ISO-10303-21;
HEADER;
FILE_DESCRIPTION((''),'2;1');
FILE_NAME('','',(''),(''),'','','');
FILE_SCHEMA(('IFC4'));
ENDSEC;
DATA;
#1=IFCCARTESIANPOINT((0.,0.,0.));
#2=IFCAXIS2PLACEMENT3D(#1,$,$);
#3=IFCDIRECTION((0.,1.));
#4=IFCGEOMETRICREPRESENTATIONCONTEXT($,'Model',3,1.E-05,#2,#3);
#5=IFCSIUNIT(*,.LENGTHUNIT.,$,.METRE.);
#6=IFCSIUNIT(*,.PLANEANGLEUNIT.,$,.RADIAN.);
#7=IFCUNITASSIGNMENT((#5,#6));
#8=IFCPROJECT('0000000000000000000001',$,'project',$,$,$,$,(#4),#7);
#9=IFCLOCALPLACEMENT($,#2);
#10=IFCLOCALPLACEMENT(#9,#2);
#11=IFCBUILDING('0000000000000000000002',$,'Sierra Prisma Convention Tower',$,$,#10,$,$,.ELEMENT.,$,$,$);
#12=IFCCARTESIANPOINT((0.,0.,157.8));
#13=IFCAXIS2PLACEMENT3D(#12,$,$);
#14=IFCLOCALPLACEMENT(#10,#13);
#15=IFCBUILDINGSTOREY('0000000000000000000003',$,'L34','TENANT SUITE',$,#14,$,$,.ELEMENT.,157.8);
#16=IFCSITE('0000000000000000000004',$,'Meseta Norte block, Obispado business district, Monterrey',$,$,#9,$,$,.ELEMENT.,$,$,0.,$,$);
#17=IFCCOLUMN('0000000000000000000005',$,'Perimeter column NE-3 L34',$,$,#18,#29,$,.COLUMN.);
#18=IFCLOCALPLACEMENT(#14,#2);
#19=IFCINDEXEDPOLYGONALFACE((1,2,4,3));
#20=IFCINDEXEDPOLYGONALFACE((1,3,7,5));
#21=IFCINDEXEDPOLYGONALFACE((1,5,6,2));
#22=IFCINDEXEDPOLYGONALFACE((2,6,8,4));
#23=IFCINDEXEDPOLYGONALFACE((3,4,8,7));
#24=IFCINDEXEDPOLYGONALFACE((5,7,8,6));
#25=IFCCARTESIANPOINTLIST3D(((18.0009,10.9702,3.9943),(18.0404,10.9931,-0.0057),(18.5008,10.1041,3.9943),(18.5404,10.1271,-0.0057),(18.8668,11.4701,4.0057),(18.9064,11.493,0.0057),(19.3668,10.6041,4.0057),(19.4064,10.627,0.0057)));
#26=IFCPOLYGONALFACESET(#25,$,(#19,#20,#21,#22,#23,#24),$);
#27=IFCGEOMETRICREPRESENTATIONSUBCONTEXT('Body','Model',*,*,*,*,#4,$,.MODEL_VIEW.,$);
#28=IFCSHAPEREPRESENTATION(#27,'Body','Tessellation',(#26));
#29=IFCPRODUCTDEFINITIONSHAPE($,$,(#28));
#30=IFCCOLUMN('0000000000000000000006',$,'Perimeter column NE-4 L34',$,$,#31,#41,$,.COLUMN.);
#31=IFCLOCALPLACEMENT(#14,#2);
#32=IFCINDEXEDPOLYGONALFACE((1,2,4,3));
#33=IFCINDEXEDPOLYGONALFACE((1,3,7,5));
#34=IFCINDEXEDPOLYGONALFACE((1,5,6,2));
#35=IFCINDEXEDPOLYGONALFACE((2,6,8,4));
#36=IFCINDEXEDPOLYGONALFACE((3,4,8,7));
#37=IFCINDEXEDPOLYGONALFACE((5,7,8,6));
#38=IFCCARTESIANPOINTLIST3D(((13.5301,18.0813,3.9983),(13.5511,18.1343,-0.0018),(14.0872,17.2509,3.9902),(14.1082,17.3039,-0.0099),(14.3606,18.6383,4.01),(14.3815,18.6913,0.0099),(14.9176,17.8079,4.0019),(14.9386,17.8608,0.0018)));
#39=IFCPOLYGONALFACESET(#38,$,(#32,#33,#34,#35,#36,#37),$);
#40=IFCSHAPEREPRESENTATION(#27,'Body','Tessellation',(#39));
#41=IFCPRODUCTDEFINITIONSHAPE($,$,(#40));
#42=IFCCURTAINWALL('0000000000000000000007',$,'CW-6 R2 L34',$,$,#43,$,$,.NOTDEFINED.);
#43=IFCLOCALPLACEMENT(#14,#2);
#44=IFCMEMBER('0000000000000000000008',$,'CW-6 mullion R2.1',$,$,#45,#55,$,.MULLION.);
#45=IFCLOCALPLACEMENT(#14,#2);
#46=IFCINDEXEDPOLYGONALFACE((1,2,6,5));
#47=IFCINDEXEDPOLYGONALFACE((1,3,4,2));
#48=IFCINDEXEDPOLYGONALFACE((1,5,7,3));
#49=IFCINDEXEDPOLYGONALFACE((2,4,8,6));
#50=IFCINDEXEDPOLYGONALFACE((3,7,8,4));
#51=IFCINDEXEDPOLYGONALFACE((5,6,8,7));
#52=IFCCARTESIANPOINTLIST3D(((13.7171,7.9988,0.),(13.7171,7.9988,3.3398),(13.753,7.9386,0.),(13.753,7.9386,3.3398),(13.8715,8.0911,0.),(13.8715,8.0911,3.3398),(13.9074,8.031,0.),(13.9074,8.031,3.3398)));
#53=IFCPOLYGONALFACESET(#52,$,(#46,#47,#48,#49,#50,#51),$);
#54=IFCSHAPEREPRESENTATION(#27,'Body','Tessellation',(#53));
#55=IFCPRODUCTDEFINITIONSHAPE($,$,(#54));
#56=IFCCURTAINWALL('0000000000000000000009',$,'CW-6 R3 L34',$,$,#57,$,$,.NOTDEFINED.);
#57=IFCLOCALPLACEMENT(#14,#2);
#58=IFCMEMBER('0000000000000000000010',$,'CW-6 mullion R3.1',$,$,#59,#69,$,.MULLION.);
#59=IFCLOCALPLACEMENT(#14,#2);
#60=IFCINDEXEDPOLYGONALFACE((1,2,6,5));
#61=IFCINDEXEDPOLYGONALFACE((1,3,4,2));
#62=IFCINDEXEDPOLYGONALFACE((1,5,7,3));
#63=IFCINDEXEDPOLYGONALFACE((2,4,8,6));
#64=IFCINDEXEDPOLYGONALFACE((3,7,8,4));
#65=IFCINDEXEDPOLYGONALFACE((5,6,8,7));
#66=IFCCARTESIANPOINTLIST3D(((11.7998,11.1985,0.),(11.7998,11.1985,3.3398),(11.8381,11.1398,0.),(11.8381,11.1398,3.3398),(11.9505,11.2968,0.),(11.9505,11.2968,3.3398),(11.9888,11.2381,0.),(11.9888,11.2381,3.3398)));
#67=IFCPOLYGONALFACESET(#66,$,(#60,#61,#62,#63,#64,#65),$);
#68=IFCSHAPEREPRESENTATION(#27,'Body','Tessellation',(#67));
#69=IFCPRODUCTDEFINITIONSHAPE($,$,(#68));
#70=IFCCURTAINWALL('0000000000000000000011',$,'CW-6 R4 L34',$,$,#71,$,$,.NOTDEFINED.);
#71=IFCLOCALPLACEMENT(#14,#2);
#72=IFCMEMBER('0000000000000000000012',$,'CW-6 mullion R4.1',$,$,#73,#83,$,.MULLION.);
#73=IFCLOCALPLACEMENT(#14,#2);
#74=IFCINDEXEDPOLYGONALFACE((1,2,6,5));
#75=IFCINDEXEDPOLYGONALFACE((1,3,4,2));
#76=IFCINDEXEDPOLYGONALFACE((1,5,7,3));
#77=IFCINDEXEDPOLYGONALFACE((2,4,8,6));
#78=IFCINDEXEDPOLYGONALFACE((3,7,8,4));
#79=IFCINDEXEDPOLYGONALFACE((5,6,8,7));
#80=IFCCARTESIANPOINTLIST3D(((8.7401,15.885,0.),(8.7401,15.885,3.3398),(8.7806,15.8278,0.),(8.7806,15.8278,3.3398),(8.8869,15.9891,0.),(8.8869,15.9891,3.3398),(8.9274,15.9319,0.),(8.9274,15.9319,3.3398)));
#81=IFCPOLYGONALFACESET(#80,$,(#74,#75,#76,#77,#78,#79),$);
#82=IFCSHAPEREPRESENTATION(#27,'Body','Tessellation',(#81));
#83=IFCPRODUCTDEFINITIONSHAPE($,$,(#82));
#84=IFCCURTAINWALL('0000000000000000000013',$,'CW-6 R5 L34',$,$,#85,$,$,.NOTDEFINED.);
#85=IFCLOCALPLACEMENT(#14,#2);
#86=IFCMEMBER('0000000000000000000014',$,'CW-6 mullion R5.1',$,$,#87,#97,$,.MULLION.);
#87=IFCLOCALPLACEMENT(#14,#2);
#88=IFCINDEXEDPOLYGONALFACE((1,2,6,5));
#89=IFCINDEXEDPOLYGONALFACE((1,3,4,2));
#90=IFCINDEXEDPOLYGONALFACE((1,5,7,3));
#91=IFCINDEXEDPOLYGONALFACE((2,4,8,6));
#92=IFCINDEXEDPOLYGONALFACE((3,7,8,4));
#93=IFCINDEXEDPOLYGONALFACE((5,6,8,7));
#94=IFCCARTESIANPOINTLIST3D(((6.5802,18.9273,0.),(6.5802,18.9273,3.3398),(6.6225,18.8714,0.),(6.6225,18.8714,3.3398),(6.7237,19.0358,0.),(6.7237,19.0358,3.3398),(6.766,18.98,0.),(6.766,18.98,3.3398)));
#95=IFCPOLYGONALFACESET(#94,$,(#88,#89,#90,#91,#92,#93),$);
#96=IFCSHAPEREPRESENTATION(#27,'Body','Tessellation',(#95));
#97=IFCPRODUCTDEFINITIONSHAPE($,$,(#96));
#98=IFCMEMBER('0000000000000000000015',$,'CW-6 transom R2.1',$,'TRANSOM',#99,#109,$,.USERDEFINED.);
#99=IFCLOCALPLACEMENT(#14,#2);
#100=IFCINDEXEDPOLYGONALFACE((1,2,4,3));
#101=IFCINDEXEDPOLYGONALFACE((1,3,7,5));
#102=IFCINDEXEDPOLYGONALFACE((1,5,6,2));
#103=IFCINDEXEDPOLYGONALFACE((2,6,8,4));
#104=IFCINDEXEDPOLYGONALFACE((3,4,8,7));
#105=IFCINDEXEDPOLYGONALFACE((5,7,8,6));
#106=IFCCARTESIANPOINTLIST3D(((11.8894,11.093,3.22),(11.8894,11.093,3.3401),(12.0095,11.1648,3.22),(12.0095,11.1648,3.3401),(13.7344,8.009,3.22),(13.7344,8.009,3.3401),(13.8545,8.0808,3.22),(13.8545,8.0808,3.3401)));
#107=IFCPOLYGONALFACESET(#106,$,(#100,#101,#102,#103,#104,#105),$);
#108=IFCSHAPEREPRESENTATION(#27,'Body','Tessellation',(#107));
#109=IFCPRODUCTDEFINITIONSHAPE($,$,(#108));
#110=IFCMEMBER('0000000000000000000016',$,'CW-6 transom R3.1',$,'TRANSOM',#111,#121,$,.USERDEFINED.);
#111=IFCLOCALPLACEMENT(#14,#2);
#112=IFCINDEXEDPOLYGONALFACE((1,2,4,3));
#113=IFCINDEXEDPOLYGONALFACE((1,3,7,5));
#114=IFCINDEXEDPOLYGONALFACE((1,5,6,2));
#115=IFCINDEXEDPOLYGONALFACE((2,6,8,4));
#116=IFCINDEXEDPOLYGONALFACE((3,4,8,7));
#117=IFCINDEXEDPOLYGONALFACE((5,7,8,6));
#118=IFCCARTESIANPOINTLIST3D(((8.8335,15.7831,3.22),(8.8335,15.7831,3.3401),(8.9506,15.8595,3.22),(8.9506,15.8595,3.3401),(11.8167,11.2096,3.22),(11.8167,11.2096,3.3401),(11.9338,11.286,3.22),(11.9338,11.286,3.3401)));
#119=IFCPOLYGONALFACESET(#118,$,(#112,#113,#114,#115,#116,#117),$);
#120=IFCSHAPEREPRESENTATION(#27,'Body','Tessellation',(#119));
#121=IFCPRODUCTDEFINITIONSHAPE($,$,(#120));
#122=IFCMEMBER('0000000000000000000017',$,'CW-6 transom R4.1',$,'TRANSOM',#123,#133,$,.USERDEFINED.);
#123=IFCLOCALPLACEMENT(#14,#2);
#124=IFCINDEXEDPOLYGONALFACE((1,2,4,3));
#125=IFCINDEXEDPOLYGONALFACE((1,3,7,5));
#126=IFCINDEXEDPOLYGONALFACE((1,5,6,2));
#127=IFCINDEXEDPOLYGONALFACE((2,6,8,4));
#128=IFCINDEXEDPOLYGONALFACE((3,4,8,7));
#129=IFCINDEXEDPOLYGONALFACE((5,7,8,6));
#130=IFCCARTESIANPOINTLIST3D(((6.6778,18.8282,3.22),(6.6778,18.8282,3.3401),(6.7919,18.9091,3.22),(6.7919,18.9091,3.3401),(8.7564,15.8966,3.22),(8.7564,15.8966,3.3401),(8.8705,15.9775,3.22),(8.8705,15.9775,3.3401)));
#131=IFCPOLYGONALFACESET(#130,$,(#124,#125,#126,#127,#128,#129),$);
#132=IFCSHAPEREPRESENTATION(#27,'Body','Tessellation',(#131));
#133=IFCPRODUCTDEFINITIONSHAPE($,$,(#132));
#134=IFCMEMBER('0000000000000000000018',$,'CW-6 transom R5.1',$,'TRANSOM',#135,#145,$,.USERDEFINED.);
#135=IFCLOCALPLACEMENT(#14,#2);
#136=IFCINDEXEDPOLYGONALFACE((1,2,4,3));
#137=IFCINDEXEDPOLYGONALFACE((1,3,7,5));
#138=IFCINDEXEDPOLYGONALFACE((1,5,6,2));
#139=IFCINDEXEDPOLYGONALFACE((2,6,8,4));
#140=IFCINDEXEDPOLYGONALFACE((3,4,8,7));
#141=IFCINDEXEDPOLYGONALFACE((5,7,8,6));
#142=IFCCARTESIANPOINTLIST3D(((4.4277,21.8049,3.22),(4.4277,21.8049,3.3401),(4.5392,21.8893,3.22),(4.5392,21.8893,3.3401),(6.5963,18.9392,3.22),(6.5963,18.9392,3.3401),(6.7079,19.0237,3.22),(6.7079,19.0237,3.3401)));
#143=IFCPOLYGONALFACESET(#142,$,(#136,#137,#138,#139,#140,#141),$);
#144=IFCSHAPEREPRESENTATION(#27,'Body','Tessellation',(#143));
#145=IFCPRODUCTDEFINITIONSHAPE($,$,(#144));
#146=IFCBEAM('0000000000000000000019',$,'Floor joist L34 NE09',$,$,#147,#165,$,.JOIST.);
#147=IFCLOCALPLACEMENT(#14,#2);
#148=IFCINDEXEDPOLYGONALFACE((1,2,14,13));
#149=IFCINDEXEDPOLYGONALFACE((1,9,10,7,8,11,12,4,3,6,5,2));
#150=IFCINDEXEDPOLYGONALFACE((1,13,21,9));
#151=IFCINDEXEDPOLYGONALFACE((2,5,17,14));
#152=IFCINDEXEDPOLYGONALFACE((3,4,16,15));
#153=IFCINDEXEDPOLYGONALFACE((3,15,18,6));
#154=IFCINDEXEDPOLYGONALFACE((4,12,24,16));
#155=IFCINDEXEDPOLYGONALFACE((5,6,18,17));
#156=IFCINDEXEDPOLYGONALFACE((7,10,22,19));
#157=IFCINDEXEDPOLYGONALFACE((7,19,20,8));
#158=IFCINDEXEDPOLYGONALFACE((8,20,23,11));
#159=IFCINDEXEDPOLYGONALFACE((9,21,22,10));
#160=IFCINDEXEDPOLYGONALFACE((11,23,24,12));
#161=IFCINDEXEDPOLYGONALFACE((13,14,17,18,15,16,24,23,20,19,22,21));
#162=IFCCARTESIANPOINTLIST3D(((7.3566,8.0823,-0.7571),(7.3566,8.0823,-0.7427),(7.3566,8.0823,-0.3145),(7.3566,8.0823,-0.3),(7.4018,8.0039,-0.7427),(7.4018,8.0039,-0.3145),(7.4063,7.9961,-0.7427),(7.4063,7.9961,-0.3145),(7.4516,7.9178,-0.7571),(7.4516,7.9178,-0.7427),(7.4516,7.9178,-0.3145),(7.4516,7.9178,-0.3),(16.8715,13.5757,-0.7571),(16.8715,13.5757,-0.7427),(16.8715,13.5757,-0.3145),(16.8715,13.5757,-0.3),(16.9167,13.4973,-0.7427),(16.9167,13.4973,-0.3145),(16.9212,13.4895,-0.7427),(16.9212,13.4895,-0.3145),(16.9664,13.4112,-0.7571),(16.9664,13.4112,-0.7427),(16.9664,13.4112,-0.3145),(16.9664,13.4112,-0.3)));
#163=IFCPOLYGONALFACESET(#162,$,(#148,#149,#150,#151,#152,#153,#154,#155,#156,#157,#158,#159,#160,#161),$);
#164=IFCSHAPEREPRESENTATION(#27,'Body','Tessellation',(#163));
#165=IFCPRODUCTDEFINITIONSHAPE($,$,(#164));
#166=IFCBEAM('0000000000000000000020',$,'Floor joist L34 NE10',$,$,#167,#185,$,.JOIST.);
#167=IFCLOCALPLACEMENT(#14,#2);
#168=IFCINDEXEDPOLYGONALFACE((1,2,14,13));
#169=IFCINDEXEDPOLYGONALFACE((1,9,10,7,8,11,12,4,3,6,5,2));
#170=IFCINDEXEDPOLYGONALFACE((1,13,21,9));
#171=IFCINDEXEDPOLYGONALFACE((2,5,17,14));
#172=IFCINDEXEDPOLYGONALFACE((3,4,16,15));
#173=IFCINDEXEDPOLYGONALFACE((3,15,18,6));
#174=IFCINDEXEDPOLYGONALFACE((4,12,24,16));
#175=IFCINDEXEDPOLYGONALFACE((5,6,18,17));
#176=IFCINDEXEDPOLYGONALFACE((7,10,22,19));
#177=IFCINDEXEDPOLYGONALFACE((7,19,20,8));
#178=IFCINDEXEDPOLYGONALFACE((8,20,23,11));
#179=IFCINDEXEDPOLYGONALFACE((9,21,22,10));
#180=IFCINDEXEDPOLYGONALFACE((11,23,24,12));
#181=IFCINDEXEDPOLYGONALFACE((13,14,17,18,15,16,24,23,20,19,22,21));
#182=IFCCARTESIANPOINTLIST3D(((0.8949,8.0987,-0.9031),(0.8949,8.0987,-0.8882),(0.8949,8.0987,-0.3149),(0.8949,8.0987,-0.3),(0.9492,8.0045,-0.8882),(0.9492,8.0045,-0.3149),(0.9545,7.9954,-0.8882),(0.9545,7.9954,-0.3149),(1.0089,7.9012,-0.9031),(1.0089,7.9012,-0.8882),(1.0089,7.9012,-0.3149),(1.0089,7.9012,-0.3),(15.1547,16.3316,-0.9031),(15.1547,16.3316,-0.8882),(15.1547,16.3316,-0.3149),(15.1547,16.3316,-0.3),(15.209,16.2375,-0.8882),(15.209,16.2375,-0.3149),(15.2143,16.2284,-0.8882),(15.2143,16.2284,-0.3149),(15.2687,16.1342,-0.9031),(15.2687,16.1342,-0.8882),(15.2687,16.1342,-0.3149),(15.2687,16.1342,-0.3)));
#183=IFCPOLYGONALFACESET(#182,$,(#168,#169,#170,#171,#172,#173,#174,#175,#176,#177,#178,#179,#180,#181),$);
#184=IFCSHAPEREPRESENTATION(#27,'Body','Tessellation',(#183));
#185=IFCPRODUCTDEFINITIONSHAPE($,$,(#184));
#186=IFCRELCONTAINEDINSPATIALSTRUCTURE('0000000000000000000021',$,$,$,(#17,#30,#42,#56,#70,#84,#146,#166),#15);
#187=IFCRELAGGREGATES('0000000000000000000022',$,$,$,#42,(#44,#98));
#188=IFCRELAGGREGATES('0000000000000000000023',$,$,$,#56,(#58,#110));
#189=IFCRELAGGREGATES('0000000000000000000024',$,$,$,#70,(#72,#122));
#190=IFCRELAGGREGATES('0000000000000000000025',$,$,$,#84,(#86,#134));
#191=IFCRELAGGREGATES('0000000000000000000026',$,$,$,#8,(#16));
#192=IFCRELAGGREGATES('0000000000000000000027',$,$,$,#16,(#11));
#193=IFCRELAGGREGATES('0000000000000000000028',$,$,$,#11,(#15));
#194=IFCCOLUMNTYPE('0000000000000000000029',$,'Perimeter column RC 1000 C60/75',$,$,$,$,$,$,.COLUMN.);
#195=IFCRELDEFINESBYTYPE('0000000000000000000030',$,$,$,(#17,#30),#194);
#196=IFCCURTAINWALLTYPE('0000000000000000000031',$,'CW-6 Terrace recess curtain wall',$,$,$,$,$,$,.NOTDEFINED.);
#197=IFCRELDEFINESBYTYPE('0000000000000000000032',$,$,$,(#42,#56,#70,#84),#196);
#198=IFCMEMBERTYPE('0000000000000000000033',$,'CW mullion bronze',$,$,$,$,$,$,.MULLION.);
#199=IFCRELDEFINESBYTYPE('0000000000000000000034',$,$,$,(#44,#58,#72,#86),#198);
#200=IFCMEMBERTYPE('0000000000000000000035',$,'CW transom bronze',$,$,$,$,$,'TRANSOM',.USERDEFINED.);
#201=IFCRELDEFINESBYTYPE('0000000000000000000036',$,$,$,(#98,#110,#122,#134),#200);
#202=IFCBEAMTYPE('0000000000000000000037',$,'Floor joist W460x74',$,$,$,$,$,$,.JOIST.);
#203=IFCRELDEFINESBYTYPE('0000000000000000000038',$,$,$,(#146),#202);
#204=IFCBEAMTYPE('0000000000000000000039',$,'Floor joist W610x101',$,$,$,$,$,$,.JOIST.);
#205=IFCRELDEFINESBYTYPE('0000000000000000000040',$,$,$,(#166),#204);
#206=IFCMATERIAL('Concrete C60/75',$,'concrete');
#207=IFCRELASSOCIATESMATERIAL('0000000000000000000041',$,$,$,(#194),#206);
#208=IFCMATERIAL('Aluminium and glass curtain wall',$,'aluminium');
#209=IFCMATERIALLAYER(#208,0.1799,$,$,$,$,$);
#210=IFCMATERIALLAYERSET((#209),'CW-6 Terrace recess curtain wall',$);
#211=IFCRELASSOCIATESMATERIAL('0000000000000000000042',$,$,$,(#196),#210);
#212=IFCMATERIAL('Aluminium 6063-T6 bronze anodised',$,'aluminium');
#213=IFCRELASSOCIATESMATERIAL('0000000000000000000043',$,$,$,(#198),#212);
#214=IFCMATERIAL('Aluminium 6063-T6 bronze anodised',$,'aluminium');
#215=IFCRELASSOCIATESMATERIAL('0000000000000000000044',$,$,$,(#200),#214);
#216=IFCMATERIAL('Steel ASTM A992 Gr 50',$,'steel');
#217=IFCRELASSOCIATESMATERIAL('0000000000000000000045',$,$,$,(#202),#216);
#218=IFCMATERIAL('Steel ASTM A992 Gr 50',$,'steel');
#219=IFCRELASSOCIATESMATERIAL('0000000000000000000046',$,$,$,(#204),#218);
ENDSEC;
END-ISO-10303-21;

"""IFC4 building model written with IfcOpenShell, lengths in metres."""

from ifc_helpers import new_model, si_unit, direction, frame, origin, origin_2d, place, context, subcontext, project, spatial, rectangle, i_section, extrude, material, layer, layer_set, material_profile, profile_set, type_object, element, aggregate, save


model = new_model("IFC4")

# Units and contexts
model_context = context("Model", 3, precision=1e-05, world=origin(), true_north=direction((0.0, 1.0)))
body_context = subcontext(model_context, "Body", "Model", "MODEL_VIEW")
ifc_project = project(units=[si_unit("LENGTHUNIT", "METRE"), si_unit("PLANEANGLEUNIT", "RADIAN")], contexts=[model_context])

# Site, building, storey
site_placement = place(None, origin())
site = spatial("IfcSite", under=ifc_project, at=site_placement, Name="Meseta Norte block, Obispado business district, Monterrey", CompositionType="ELEMENT", RefElevation=0.0)
building_placement = place(site_placement, origin())
building = spatial("IfcBuilding", under=site, at=building_placement, Name="Sierra Prisma Convention Tower", CompositionType="ELEMENT")
storey_placement = place(building_placement, frame((0.0, 0.0, 157.8)))
storey = spatial("IfcBuildingStorey", under=building, at=storey_placement, Name="L34", Description="TENANT SUITE", CompositionType="ELEMENT", Elevation=157.8)

# Columns
ifc_material_1 = material(Name="Concrete C60/75", Category="concrete")
ifc_material_profile_1 = material_profile(ifc_material_1, rectangle(XDim=1.0, YDim=1.0, at=origin_2d()), Name="Perimeter column RC 1000 C60/75")
ifc_profile_set_1 = profile_set([ifc_material_profile_1], Name="Concrete C60/75")
column_type = type_object("IfcColumnType", Name="Perimeter column RC 1000 C60/75", PredefinedType="COLUMN", material=ifc_profile_set_1)
column_1_placement = place(storey_placement, frame((18.7234, 10.8101, 0.0), z_axis=(-0.009887, -0.005737, 0.999935), x_axis=(-0.499976, 0.86604, 0.000025)))
element("IfcColumn", 1, at=column_1_placement, inside=storey, type_object=column_type, Name="Perimeter column NE-3 L34", PredefinedType="COLUMN", context=body_context, shape_type="SweptSolid", body=[
    extrude(rectangle(XDim=1.0, YDim=1.0, at=origin_2d()), origin(), (0.0, 0.0, 1.0), 4.0002),
])
column_2_placement = place(storey_placement, frame((14.2449, 17.9976, 0.0), z_axis=(-0.005248, -0.013243, 0.999899), x_axis=(-0.557087, 0.830415, 0.008074)))
element("IfcColumn", 2, at=column_2_placement, inside=storey, type_object=column_type, Name="Perimeter column NE-4 L34", PredefinedType="COLUMN", context=body_context, shape_type="SweptSolid", body=[
    extrude(rectangle(XDim=1.0, YDim=1.0, at=origin_2d()), origin(), (0.0, 0.0, 1.0), 4.0005),
])

# Curtain walls, members
ifc_material_2 = material(Name="Aluminium and glass curtain wall", Category="aluminium")
ifc_layer_1 = layer(ifc_material_2, 0.1799)
ifc_layer_set_1 = layer_set([ifc_layer_1], Name="CW-6 Terrace recess curtain wall")
curtain_wall_type = type_object("IfcCurtainWallType", Name="CW-6 Terrace recess curtain wall", PredefinedType="NOTDEFINED", material=ifc_layer_set_1)
curtain_wall_1_placement = place(storey_placement, origin())
curtain_wall_1 = element("IfcCurtainWall", 3, at=curtain_wall_1_placement, inside=storey, type_object=curtain_wall_type, Name="CW-6 R2 L34", PredefinedType="NOTDEFINED")
ifc_material_3 = material(Name="Aluminium 6063-T6 bronze anodised", Category="aluminium")
ifc_material_profile_2 = material_profile(ifc_material_3, rectangle(XDim=0.1799, YDim=0.0701, at=origin_2d()), Name="ALU MULLION 70x180")
ifc_profile_set_2 = profile_set([ifc_material_profile_2], Name="Aluminium 6063-T6 bronze anodised")
member_type_1 = type_object("IfcMemberType", Name="CW mullion bronze", PredefinedType="MULLION", material=ifc_profile_set_2)
member_1_placement = place(storey_placement, frame((13.8123, 8.0149, 0.0), z_axis=(0.0, 0.0, 1.0), x_axis=(-0.858158, -0.513386, 0.0)))
member_1 = element("IfcMember", 4, at=member_1_placement, type_object=member_type_1, Name="CW-6 mullion R2.1", PredefinedType="MULLION", context=body_context, shape_type="SweptSolid", body=[
    extrude(rectangle(XDim=0.1799, YDim=0.0701, at=origin_2d()), origin(), (0.0, 0.0, 1.0), 3.3398),
])
curtain_wall_2_placement = place(storey_placement, origin())
curtain_wall_2 = element("IfcCurtainWall", 5, at=curtain_wall_2_placement, inside=storey, type_object=curtain_wall_type, Name="CW-6 R3 L34", PredefinedType="NOTDEFINED")
member_2_placement = place(storey_placement, frame((11.8943, 11.2183, 0.0), z_axis=(0.0, 0.0, 1.0), x_axis=(-0.837588, -0.546303, 0.0)))
member_2 = element("IfcMember", 6, at=member_2_placement, type_object=member_type_1, Name="CW-6 mullion R3.1", PredefinedType="MULLION", context=body_context, shape_type="SweptSolid", body=[
    extrude(rectangle(XDim=0.1799, YDim=0.0701, at=origin_2d()), origin(), (0.0, 0.0, 1.0), 3.3398),
])
curtain_wall_3_placement = place(storey_placement, origin())
curtain_wall_3 = element("IfcCurtainWall", 7, at=curtain_wall_3_placement, inside=storey, type_object=curtain_wall_type, Name="CW-6 R4 L34", PredefinedType="NOTDEFINED")
member_3_placement = place(storey_placement, frame((8.8337, 15.9084, 0.0), z_axis=(0.0, 0.0, 1.0), x_axis=(-0.815756, -0.578396, 0.0)))
member_3 = element("IfcMember", 8, at=member_3_placement, type_object=member_type_1, Name="CW-6 mullion R4.1", PredefinedType="MULLION", context=body_context, shape_type="SweptSolid", body=[
    extrude(rectangle(XDim=0.1799, YDim=0.0701, at=origin_2d()), origin(), (0.0, 0.0, 1.0), 3.3398),
])
curtain_wall_4_placement = place(storey_placement, origin())
curtain_wall_4 = element("IfcCurtainWall", 9, at=curtain_wall_4_placement, inside=storey, type_object=curtain_wall_type, Name="CW-6 R5 L34", PredefinedType="NOTDEFINED")
member_4_placement = place(storey_placement, frame((6.6731, 18.9536, 0.0), z_axis=(0.0, 0.0, 1.0), x_axis=(-0.797404, -0.603446, 0.0)))
member_4 = element("IfcMember", 10, at=member_4_placement, type_object=member_type_1, Name="CW-6 mullion R5.1", PredefinedType="MULLION", context=body_context, shape_type="SweptSolid", body=[
    extrude(rectangle(XDim=0.1799, YDim=0.0701, at=origin_2d()), origin(), (0.0, 0.0, 1.0), 3.3398),
])

# Members
ifc_material_4 = material(Name="Aluminium 6063-T6 bronze anodised", Category="aluminium")
ifc_material_profile_3 = material_profile(ifc_material_4, rectangle(XDim=0.1399, YDim=0.1201, at=origin_2d()), Name="ALU TRANSOM 120x140")
ifc_profile_set_3 = profile_set([ifc_material_profile_3], Name="Aluminium 6063-T6 bronze anodised")
member_type_2 = type_object("IfcMemberType", Name="CW transom bronze", ElementType="TRANSOM", PredefinedType="USERDEFINED", material=ifc_profile_set_3)
member_5_placement = place(storey_placement, frame((13.7944, 8.0449, 3.28), z_axis=(-0.513386, 0.858158, 0.0), x_axis=(-0.858158, -0.513386, 0.0)))
member_5 = element("IfcMember", 11, at=member_5_placement, type_object=member_type_2, Name="CW-6 transom R2.1", ObjectType="TRANSOM", PredefinedType="USERDEFINED", context=body_context, shape_type="SweptSolid", body=[
    extrude(rectangle(XDim=0.1399, YDim=0.1201, at=origin_2d()), origin(), (0.0, 0.0, 1.0), 3.5938),
])
member_6_placement = place(storey_placement, frame((11.8752, 11.2478, 3.28), z_axis=(-0.546325, 0.837573, 0.0), x_axis=(-0.837573, -0.546325, 0.0)))
member_6 = element("IfcMember", 12, at=member_6_placement, type_object=member_type_2, Name="CW-6 transom R3.1", ObjectType="TRANSOM", PredefinedType="USERDEFINED", context=body_context, shape_type="SweptSolid", body=[
    extrude(rectangle(XDim=0.1399, YDim=0.1201, at=origin_2d()), origin(), (0.0, 0.0, 1.0), 5.4604),
])
member_7_placement = place(storey_placement, frame((8.8135, 15.937, 3.28), z_axis=(-0.578394, 0.815757, 0.0), x_axis=(-0.815757, -0.578394, 0.0)))
member_7 = element("IfcMember", 13, at=member_7_placement, type_object=member_type_2, Name="CW-6 transom R4.1", ObjectType="TRANSOM", PredefinedType="USERDEFINED", context=body_context, shape_type="SweptSolid", body=[
    extrude(rectangle(XDim=0.1399, YDim=0.1201, at=origin_2d()), origin(), (0.0, 0.0, 1.0), 3.5938),
])
member_8_placement = place(storey_placement, frame((6.6521, 18.9814, 3.28), z_axis=(-0.603451, 0.7974, 0.0), x_axis=(-0.7974, -0.603451, 0.0)))
member_8 = element("IfcMember", 14, at=member_8_placement, type_object=member_type_2, Name="CW-6 transom R5.1", ObjectType="TRANSOM", PredefinedType="USERDEFINED", context=body_context, shape_type="SweptSolid", body=[
    extrude(rectangle(XDim=0.1399, YDim=0.1201, at=origin_2d()), origin(), (0.0, 0.0, 1.0), 3.5938),
])

# Beams
ifc_material_5 = material(Name="Steel ASTM A992 Gr 50", Category="steel")
ifc_material_profile_4 = material_profile(ifc_material_5, i_section(OverallWidth=0.1899, OverallDepth=0.457, WebThickness=0.009, FlangeThickness=0.0144, at=origin_2d()), Name="W460x74")
ifc_profile_set_4 = profile_set([ifc_material_profile_4], Name="Steel ASTM A992 Gr 50")
beam_type_1 = type_object("IfcBeamType", Name="Floor joist W460x74", PredefinedType="JOIST", material=ifc_profile_set_4)
beam_1_placement = place(storey_placement, frame((16.9189, 13.4934, -0.5286), z_axis=(-0.866026, -0.499999, 0.0), x_axis=(0.499999, -0.866026, 0.0)))
element("IfcBeam", 15, at=beam_1_placement, inside=storey, type_object=beam_type_1, Name="Floor joist L34 NE09", PredefinedType="JOIST", context=body_context, shape_type="SweptSolid", body=[
    extrude(i_section(OverallWidth=0.1899, OverallDepth=0.457, WebThickness=0.009, FlangeThickness=0.0144, at=origin_2d()), origin(), (0.0, 0.0, 1.0), 10.9868),
])
ifc_material_6 = material(Name="Steel ASTM A992 Gr 50", Category="steel")
ifc_material_profile_5 = material_profile(ifc_material_6, i_section(OverallWidth=0.228, OverallDepth=0.603, WebThickness=0.0105, FlangeThickness=0.0149, at=origin_2d()), Name="W610x101")
ifc_profile_set_5 = profile_set([ifc_material_profile_5], Name="Steel ASTM A992 Gr 50")
beam_type_2 = type_object("IfcBeamType", Name="Floor joist W610x101", PredefinedType="JOIST", material=ifc_profile_set_5)
beam_2_placement = place(storey_placement, frame((15.2117, 16.2329, -0.6016), z_axis=(-0.866025, -0.500001, 0.0), x_axis=(0.500001, -0.866025, 0.0)))
element("IfcBeam", 16, at=beam_2_placement, inside=storey, type_object=beam_type_2, Name="Floor joist L34 NE10", PredefinedType="JOIST", context=body_context, shape_type="SweptSolid", body=[
    extrude(i_section(OverallWidth=0.228, OverallDepth=0.603, WebThickness=0.0105, FlangeThickness=0.0149, at=origin_2d()), origin(), (0.0, 0.0, 1.0), 16.4658),
])

aggregate(curtain_wall_1, [member_1, member_5])
aggregate(curtain_wall_2, [member_2, member_6])
aggregate(curtain_wall_3, [member_3, member_7])
aggregate(curtain_wall_4, [member_4, member_8])

save(model, "model.ifc")
